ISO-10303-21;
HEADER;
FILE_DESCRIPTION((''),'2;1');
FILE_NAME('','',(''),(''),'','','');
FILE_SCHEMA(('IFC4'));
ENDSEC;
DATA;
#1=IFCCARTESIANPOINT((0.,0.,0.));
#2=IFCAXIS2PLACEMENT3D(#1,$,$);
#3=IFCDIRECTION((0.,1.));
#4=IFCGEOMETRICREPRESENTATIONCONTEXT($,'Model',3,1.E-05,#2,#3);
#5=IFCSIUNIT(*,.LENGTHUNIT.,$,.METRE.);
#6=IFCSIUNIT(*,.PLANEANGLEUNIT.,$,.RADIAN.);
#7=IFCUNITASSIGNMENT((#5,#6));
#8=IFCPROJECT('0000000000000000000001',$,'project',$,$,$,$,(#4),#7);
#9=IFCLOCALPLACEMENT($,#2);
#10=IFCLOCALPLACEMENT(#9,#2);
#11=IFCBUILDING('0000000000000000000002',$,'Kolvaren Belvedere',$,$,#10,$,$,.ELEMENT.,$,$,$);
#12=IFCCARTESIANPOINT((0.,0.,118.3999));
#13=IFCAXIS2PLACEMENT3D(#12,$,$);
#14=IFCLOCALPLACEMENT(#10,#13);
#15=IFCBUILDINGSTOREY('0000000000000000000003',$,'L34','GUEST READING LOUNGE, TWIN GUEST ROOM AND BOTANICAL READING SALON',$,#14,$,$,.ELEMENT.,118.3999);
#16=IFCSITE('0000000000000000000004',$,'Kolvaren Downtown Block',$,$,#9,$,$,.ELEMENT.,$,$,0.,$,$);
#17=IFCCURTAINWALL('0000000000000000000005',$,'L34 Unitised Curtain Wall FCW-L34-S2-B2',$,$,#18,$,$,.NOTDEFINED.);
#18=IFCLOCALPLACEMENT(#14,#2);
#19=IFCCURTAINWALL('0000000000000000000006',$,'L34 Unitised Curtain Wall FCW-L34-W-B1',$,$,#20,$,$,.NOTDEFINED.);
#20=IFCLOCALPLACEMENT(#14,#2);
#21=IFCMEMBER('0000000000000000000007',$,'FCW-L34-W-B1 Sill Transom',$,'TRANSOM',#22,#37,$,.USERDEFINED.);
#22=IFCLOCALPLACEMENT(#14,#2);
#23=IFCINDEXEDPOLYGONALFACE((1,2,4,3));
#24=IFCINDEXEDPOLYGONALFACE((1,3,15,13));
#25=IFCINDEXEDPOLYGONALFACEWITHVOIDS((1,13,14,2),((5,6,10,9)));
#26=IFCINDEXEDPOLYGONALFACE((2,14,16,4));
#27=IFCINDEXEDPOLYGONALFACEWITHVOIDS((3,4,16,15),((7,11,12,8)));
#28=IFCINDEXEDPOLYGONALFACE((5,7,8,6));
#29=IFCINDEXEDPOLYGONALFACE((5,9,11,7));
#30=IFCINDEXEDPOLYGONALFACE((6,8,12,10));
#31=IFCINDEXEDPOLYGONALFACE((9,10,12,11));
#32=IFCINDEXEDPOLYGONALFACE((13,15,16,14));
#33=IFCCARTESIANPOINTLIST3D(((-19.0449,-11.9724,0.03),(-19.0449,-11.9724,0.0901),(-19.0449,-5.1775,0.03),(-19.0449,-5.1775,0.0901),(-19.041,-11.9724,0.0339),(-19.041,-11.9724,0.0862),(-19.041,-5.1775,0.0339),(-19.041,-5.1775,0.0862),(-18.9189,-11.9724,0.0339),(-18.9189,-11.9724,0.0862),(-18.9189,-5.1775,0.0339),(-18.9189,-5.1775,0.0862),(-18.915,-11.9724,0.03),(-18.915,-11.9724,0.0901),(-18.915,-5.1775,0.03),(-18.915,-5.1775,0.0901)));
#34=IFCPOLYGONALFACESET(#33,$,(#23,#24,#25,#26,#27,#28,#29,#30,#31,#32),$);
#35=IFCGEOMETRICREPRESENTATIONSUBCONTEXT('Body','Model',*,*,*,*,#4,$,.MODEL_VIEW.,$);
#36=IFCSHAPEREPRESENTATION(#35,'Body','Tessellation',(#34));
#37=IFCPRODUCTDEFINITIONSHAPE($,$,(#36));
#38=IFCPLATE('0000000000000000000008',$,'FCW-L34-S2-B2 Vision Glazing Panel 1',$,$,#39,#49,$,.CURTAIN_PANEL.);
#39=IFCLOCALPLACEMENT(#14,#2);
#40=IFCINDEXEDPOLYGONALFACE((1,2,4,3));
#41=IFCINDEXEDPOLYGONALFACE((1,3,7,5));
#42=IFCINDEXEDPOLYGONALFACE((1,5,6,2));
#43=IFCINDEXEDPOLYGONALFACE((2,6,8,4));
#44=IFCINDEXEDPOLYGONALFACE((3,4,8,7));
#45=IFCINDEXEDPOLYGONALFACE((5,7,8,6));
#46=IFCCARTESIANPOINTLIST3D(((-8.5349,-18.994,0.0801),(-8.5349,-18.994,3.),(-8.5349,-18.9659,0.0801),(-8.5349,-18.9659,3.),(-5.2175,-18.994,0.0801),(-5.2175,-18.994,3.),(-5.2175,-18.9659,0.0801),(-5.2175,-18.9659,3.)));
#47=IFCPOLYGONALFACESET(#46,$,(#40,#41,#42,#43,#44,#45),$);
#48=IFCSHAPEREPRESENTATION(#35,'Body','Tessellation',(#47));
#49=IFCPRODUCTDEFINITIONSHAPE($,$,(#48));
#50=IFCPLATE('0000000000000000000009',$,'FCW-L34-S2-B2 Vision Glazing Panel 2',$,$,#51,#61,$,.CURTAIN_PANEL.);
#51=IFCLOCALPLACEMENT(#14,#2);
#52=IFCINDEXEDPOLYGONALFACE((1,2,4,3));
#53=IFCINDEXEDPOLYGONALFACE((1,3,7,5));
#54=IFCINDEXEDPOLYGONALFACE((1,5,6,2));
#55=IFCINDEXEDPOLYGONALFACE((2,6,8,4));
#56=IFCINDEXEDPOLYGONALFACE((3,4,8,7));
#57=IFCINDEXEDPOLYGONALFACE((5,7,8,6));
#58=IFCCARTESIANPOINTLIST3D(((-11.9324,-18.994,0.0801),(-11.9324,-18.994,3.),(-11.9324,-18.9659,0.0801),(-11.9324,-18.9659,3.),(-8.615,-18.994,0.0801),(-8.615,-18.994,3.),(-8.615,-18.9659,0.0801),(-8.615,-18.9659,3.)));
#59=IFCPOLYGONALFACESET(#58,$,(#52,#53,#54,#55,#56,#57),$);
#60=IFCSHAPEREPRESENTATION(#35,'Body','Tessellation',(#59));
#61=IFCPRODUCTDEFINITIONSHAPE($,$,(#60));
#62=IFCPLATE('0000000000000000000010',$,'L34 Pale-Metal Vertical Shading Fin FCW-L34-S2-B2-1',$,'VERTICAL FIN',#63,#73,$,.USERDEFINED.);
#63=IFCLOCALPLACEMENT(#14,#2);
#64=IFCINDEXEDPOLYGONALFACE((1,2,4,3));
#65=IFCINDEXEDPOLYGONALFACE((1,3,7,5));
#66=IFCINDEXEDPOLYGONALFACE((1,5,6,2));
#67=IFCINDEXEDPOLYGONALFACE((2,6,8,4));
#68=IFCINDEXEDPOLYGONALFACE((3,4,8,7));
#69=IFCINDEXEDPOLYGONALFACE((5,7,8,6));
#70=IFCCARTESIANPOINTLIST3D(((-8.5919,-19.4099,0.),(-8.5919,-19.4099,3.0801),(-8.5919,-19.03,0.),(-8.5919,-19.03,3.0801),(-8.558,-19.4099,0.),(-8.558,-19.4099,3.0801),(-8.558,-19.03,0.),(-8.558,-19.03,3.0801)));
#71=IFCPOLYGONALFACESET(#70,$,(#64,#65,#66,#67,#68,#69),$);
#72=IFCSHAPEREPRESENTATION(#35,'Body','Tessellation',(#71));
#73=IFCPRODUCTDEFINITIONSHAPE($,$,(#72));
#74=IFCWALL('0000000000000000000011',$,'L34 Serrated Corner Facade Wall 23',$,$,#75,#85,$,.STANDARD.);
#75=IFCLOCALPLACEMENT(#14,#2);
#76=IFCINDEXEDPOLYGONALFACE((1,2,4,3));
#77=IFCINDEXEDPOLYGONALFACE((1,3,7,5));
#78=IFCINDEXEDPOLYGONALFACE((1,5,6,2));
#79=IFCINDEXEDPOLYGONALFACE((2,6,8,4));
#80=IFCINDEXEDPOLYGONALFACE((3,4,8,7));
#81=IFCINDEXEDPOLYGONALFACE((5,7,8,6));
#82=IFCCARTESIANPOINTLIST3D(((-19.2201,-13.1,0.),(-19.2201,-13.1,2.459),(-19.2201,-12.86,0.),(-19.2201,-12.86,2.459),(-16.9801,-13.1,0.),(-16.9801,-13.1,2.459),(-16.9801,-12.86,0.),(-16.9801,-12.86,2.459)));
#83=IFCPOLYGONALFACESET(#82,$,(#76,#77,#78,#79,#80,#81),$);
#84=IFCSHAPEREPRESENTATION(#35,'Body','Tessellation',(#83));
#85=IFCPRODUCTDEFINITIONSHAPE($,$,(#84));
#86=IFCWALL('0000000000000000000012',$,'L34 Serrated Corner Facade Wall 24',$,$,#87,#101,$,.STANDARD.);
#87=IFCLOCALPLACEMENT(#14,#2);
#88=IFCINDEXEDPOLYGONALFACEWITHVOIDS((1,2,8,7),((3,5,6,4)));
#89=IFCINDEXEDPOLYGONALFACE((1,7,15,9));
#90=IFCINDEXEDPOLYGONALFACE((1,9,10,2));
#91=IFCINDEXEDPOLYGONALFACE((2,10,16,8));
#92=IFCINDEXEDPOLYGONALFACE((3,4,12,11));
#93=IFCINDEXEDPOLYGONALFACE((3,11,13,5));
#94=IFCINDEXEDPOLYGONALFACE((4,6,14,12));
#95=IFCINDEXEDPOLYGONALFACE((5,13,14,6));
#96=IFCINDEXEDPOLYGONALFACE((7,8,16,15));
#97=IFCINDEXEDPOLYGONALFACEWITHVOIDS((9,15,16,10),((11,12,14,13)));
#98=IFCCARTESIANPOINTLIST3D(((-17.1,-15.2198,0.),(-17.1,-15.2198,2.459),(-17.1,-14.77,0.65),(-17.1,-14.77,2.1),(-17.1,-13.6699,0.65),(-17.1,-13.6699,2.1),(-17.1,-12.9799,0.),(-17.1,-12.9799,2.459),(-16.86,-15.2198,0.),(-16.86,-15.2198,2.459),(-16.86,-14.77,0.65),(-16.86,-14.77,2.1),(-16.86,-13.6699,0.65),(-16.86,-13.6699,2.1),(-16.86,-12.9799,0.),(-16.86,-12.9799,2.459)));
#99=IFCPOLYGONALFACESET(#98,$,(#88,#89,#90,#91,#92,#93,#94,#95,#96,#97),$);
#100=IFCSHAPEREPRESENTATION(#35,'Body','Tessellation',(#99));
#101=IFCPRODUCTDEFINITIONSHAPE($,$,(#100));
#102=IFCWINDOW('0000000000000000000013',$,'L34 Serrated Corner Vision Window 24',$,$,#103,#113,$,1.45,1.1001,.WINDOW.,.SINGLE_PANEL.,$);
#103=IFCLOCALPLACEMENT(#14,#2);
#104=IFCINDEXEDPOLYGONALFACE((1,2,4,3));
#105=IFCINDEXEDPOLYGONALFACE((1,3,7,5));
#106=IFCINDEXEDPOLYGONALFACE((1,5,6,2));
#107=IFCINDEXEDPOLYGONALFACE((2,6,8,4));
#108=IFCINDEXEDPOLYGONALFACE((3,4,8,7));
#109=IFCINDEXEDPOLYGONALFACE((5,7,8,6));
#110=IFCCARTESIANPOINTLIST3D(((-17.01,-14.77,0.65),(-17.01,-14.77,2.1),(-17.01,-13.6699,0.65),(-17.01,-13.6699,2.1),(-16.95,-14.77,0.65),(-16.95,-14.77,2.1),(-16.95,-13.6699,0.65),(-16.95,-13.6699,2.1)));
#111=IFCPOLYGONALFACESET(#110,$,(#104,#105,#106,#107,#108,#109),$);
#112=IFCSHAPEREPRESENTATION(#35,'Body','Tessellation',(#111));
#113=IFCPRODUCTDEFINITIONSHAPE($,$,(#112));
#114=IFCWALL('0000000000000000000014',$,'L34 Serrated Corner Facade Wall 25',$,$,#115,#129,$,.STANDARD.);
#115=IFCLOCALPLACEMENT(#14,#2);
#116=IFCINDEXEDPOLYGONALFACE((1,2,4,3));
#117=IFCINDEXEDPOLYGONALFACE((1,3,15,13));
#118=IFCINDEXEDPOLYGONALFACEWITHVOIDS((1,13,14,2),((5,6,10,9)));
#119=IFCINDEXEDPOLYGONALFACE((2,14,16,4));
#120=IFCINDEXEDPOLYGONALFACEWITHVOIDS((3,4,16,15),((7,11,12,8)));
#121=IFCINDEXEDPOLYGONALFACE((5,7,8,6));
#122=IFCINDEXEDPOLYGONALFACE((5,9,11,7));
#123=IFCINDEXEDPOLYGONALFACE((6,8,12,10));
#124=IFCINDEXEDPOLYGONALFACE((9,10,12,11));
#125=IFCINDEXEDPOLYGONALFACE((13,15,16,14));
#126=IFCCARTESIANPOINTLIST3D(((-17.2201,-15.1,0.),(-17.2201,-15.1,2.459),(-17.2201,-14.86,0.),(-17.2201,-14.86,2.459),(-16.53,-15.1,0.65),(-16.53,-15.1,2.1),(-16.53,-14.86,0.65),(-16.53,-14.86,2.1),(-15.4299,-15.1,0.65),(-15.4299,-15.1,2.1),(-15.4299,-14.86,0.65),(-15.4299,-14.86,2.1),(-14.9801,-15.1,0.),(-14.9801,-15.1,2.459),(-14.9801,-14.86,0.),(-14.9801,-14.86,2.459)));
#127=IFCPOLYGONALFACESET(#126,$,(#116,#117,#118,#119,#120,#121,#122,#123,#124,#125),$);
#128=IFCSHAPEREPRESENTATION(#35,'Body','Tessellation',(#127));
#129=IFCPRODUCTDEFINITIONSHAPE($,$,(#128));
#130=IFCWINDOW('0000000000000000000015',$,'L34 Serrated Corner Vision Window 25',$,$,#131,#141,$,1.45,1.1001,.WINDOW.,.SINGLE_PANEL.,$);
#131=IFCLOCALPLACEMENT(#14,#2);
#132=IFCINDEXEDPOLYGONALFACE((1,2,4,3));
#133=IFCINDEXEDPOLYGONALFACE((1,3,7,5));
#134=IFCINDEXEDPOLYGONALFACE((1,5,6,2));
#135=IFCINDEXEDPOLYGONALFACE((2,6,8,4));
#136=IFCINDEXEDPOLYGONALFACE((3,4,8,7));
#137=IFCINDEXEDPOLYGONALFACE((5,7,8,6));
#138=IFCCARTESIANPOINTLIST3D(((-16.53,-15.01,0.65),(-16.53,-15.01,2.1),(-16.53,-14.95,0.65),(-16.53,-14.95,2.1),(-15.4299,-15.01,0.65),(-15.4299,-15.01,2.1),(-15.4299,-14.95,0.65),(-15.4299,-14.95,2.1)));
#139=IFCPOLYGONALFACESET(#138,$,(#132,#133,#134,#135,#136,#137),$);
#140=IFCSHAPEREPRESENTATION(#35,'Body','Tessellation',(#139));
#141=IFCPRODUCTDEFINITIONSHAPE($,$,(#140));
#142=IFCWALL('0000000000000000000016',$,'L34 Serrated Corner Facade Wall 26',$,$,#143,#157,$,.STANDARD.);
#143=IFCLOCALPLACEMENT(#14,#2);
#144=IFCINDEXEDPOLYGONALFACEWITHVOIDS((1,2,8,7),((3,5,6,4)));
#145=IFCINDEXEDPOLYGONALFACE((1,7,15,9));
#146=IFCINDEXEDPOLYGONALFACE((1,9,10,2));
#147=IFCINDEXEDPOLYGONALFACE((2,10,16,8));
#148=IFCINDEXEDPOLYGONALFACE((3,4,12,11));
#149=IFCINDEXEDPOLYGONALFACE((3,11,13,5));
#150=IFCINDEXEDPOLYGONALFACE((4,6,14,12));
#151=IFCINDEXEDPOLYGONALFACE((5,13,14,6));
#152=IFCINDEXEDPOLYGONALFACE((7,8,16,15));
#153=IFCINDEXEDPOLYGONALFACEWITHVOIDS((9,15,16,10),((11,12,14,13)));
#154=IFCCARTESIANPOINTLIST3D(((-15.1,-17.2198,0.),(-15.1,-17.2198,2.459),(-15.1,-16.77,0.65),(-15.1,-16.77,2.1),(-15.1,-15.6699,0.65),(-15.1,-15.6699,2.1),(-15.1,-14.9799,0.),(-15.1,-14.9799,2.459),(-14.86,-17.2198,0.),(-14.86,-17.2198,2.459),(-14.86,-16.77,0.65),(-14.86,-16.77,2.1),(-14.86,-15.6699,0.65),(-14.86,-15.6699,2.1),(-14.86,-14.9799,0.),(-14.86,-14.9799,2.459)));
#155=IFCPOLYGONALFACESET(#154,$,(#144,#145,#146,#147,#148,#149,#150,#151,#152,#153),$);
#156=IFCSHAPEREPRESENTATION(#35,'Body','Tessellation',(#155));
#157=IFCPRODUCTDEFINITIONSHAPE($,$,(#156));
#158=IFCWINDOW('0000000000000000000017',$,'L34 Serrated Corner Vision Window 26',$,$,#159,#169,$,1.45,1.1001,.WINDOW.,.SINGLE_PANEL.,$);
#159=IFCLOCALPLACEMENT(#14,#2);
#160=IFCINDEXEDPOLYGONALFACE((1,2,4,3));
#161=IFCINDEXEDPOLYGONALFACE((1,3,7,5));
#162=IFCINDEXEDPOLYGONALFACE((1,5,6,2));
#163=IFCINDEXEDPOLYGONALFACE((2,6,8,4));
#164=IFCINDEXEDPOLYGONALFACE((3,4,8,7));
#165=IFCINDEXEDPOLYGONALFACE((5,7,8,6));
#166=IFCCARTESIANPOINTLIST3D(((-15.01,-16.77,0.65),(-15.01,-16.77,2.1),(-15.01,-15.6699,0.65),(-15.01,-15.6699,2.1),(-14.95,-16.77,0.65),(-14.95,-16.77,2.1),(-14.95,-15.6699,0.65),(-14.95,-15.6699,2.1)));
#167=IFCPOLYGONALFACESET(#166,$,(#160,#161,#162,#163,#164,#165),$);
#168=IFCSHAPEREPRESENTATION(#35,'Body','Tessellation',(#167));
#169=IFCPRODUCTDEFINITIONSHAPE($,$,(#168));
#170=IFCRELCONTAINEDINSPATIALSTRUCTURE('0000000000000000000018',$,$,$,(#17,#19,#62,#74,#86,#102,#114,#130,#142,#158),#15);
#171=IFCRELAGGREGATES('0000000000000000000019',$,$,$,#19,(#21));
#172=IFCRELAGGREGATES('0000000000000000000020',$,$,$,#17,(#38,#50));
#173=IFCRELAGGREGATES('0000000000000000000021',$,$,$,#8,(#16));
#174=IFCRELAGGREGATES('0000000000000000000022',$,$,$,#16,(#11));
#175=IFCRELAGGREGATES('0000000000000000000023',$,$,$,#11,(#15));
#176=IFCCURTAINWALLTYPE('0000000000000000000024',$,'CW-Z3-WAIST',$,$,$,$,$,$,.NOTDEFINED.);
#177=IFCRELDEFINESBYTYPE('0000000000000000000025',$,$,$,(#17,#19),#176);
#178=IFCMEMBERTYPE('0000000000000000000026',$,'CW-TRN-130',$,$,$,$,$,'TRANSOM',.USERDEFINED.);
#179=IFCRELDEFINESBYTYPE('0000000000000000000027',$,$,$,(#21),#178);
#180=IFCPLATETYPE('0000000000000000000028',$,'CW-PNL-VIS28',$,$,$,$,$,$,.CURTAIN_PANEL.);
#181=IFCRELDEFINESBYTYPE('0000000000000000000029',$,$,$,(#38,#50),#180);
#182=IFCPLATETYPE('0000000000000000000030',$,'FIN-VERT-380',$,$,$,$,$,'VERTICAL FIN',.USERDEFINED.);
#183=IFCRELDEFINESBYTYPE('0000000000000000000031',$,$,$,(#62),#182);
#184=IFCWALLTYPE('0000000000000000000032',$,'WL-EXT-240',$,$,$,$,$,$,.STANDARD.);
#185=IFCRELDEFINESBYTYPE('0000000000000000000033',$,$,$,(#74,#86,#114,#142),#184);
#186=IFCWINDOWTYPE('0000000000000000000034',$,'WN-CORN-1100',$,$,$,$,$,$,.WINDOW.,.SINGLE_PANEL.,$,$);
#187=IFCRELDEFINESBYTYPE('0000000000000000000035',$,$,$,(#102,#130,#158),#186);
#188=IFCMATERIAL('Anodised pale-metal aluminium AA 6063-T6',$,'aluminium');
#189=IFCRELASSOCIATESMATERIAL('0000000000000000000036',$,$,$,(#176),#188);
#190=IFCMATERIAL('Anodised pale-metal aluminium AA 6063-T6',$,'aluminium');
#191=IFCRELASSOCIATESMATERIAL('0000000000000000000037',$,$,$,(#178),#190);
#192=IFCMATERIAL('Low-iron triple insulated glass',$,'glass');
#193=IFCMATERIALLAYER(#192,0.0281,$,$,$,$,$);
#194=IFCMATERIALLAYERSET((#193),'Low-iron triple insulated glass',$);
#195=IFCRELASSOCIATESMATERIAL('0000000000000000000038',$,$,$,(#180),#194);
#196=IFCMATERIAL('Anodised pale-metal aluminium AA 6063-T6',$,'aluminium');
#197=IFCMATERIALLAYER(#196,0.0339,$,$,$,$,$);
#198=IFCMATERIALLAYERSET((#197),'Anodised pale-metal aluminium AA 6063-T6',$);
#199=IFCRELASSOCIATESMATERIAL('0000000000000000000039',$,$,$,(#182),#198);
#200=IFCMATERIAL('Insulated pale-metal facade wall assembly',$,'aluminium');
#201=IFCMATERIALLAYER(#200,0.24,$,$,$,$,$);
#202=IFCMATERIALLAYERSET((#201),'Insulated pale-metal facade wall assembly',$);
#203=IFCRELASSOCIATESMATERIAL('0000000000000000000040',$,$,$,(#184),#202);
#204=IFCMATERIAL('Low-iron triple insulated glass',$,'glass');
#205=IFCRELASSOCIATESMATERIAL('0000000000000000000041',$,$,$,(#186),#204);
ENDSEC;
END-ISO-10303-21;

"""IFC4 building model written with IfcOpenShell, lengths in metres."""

from ifc_helpers import new_model, si_unit, direction, frame, frame_2d, origin, origin_2d, place, context, subcontext, project, spatial, rectangle, hollow_rectangle, extrude, material, layer, layer_set, material_profile, profile_set, type_object, element, fill, aggregate, save


model = new_model("IFC4")

# Units and contexts
model_context = context("Model", 3, precision=1e-05, world=origin(), true_north=direction((0.0, 1.0)))
body_context = subcontext(model_context, "Body", "Model", "MODEL_VIEW")
ifc_project = project(units=[si_unit("LENGTHUNIT", "METRE"), si_unit("PLANEANGLEUNIT", "RADIAN")], contexts=[model_context])

# Site, building, storey
site_placement = place(None, origin())
site = spatial("IfcSite", under=ifc_project, at=site_placement, Name="Kolvaren Downtown Block", CompositionType="ELEMENT", RefElevation=0.0)
building_placement = place(site_placement, origin())
building = spatial("IfcBuilding", under=site, at=building_placement, Name="Kolvaren Belvedere", CompositionType="ELEMENT")
storey_placement = place(building_placement, frame((0.0, 0.0, 118.3999)))
storey = spatial("IfcBuildingStorey", under=building, at=storey_placement, Name="L34", Description="GUEST READING LOUNGE, TWIN GUEST ROOM AND BOTANICAL READING SALON", CompositionType="ELEMENT", Elevation=118.3999)

# Curtain walls, member
ifc_material_1 = material(Name="Anodised pale-metal aluminium AA 6063-T6", Category="aluminium")
curtain_wall_type = type_object("IfcCurtainWallType", Name="CW-Z3-WAIST", PredefinedType="NOTDEFINED", material=ifc_material_1)
curtain_wall_1_placement = place(storey_placement, origin())
curtain_wall_1 = element("IfcCurtainWall", 1, at=curtain_wall_1_placement, inside=storey, type_object=curtain_wall_type, Name="L34 Unitised Curtain Wall FCW-L34-S2-B2", PredefinedType="NOTDEFINED")
curtain_wall_2_placement = place(storey_placement, origin())
curtain_wall_2 = element("IfcCurtainWall", 2, at=curtain_wall_2_placement, inside=storey, type_object=curtain_wall_type, Name="L34 Unitised Curtain Wall FCW-L34-W-B1", PredefinedType="NOTDEFINED")
ifc_material_2 = material(Name="Anodised pale-metal aluminium AA 6063-T6", Category="aluminium")
ifc_material_profile_1 = material_profile(ifc_material_2, hollow_rectangle(XDim=0.0601, YDim=0.1299, WallThickness=0.0039, at=origin_2d()), Name="ALU-TRN-130X60")
ifc_profile_set_1 = profile_set([ifc_material_profile_1], Name="Anodised pale-metal aluminium AA 6063-T6")
member_type_1 = type_object("IfcMemberType", Name="CW-TRN-130", ElementType="TRANSOM", PredefinedType="USERDEFINED", material=ifc_profile_set_1)
member_1_placement = place(storey_placement, frame((-18.98, -11.9724, 0.0601), z_axis=(0.0, 1.0, 0.0), x_axis=(0.0, 0.0, 1.0)))
member_1 = element("IfcMember", 3, at=member_1_placement, type_object=member_type_1, Name="FCW-L34-W-B1 Sill Transom", ObjectType="TRANSOM", PredefinedType="USERDEFINED", context=body_context, shape_type="SweptSolid", body=[
    extrude(hollow_rectangle(XDim=0.0601, YDim=0.1299, WallThickness=0.0039, at=origin_2d()), origin(), (0.0, 0.0, 1.0), 6.7949),
])
aggregate(curtain_wall_2, [member_1])

# Plates
ifc_material_3 = material(Name="Low-iron triple insulated glass", Category="glass")
ifc_layer_1 = layer(ifc_material_3, 0.0281)
ifc_layer_set_1 = layer_set([ifc_layer_1], Name="Low-iron triple insulated glass")
plate_type_1 = type_object("IfcPlateType", Name="CW-PNL-VIS28", PredefinedType="CURTAIN_PANEL", material=ifc_layer_set_1)
plate_1_placement = place(storey_placement, frame((-6.8762, -18.98, 0.0801), z_axis=(0.0, 0.0, 1.0), x_axis=(-1.0, 0.0, 0.0)))
plate_1 = element("IfcPlate", 4, at=plate_1_placement, type_object=plate_type_1, Name="FCW-L34-S2-B2 Vision Glazing Panel 1", PredefinedType="CURTAIN_PANEL", context=body_context, shape_type="SweptSolid", body=[
    extrude(rectangle(XDim=3.3174, YDim=0.0281, at=origin_2d()), origin(), (0.0, 0.0, 1.0), 2.9199),
])
plate_2_placement = place(storey_placement, frame((-10.2737, -18.98, 0.0801), z_axis=(0.0, 0.0, 1.0), x_axis=(-1.0, 0.0, 0.0)))
plate_2 = element("IfcPlate", 5, at=plate_2_placement, type_object=plate_type_1, Name="FCW-L34-S2-B2 Vision Glazing Panel 2", PredefinedType="CURTAIN_PANEL", context=body_context, shape_type="SweptSolid", body=[
    extrude(rectangle(XDim=3.3174, YDim=0.0281, at=origin_2d()), origin(), (0.0, 0.0, 1.0), 2.9199),
])
aggregate(curtain_wall_1, [plate_1, plate_2])
ifc_material_4 = material(Name="Anodised pale-metal aluminium AA 6063-T6", Category="aluminium")
ifc_layer_2 = layer(ifc_material_4, 0.0339)
ifc_layer_set_2 = layer_set([ifc_layer_2], Name="Anodised pale-metal aluminium AA 6063-T6")
plate_type_2 = type_object("IfcPlateType", Name="FIN-VERT-380", ElementType="VERTICAL FIN", PredefinedType="USERDEFINED", material=ifc_layer_set_2)
plate_3_placement = place(storey_placement, frame((-8.575, -19.22, 0.0), z_axis=(0.0, 0.0, 1.0), x_axis=(0.0, 1.0, 0.0)))
element("IfcPlate", 6, at=plate_3_placement, inside=storey, type_object=plate_type_2, Name="L34 Pale-Metal Vertical Shading Fin FCW-L34-S2-B2-1", ObjectType="VERTICAL FIN", PredefinedType="USERDEFINED", context=body_context, shape_type="SweptSolid", body=[
    extrude(rectangle(XDim=0.3799, YDim=0.0339, at=origin_2d()), origin(), (0.0, 0.0, 1.0), 3.0801),
])

# Wall
ifc_material_5 = material(Name="Insulated pale-metal facade wall assembly", Category="aluminium")
ifc_layer_3 = layer(ifc_material_5, 0.24)
ifc_layer_set_3 = layer_set([ifc_layer_3], Name="Insulated pale-metal facade wall assembly")
wall_type_1 = type_object("IfcWallType", Name="WL-EXT-240", PredefinedType="STANDARD", material=ifc_layer_set_3)
wall_1_placement = place(storey_placement, frame((-16.98, -12.98, 0.0), z_axis=(0.0, 0.0, 1.0), x_axis=(-1.0, 0.0, 0.0)))
element("IfcWall", 7, at=wall_1_placement, inside=storey, type_object=wall_type_1, Name="L34 Serrated Corner Facade Wall 23", PredefinedType="STANDARD", context=body_context, shape_type="SweptSolid", body=[
    extrude(rectangle(XDim=2.24, YDim=0.24, at=frame_2d((1.1201, 0.0))), origin(), (0.0, 0.0, 1.0), 2.459),
])

# Walls, openings, windows
wall_2_placement = place(storey_placement, frame((-16.98, -15.22, 0.0), z_axis=(0.0, 0.0, 1.0), x_axis=(0.0, 1.0, 0.0)))
wall_2 = element("IfcWall", 8, at=wall_2_placement, inside=storey, type_object=wall_type_1, Name="L34 Serrated Corner Facade Wall 24", PredefinedType="STANDARD", context=body_context, shape_type="SweptSolid", body=[
    extrude(rectangle(XDim=2.24, YDim=0.24, at=frame_2d((1.1201, 0.0))), origin(), (0.0, 0.0, 1.0), 2.459),
])
opening_1_placement = place(wall_2_placement, frame((0.45, 0.0, 0.6499)))
opening_1 = element("IfcOpeningElement", 9, at=opening_1_placement, cuts=wall_2, PredefinedType="OPENING", context=body_context, shape_type="SweptSolid", body=[
    extrude(rectangle(XDim=1.1001, YDim=1.45, at=frame_2d((0.55, 0.7251))), frame((0.0, 0.1299, 0.0), z_axis=(0.0, -1.0, 0.0), x_axis=(1.0, 0.0, 0.0)), (0.0, 0.0, 1.0), 0.26),
])
ifc_material_6 = material(Name="Low-iron triple insulated glass", Category="glass")
window_type = type_object("IfcWindowType", Name="WN-CORN-1100", PartitioningType="SINGLE_PANEL", PredefinedType="WINDOW", material=ifc_material_6)
window_1_placement = place(opening_1_placement, origin())
window_1 = element("IfcWindow", 10, at=window_1_placement, inside=storey, type_object=window_type, Name="L34 Serrated Corner Vision Window 24", OverallHeight=1.45, OverallWidth=1.1001, PartitioningType="SINGLE_PANEL", PredefinedType="WINDOW", context=body_context, shape_type="SweptSolid", body=[
    extrude(rectangle(XDim=1.1001, YDim=1.45, at=frame_2d((0.55, 0.7251))), frame((0.0, 0.03, 0.0), z_axis=(0.0, -1.0, 0.0), x_axis=(1.0, 0.0, 0.0)), (0.0, 0.0, 1.0), 0.0601),
])
fill(opening_1, window_1)
wall_3_placement = place(storey_placement, frame((-14.98, -14.98, 0.0), z_axis=(0.0, 0.0, 1.0), x_axis=(-1.0, 0.0, 0.0)))
wall_3 = element("IfcWall", 11, at=wall_3_placement, inside=storey, type_object=wall_type_1, Name="L34 Serrated Corner Facade Wall 25", PredefinedType="STANDARD", context=body_context, shape_type="SweptSolid", body=[
    extrude(rectangle(XDim=2.24, YDim=0.24, at=frame_2d((1.1201, 0.0))), origin(), (0.0, 0.0, 1.0), 2.459),
])
opening_2_placement = place(wall_3_placement, frame((0.45, 0.0, 0.6499)))
opening_2 = element("IfcOpeningElement", 12, at=opening_2_placement, cuts=wall_3, PredefinedType="OPENING", context=body_context, shape_type="SweptSolid", body=[
    extrude(rectangle(XDim=1.1001, YDim=1.45, at=frame_2d((0.55, 0.7251))), frame((0.0, 0.1299, 0.0), z_axis=(0.0, -1.0, 0.0), x_axis=(1.0, 0.0, 0.0)), (0.0, 0.0, 1.0), 0.26),
])
window_2_placement = place(opening_2_placement, origin())
window_2 = element("IfcWindow", 13, at=window_2_placement, inside=storey, type_object=window_type, Name="L34 Serrated Corner Vision Window 25", OverallHeight=1.45, OverallWidth=1.1001, PartitioningType="SINGLE_PANEL", PredefinedType="WINDOW", context=body_context, shape_type="SweptSolid", body=[
    extrude(rectangle(XDim=1.1001, YDim=1.45, at=frame_2d((0.55, 0.7251))), frame((0.0, 0.03, 0.0), z_axis=(0.0, -1.0, 0.0), x_axis=(1.0, 0.0, 0.0)), (0.0, 0.0, 1.0), 0.0601),
])
fill(opening_2, window_2)
wall_4_placement = place(storey_placement, frame((-14.98, -17.22, 0.0), z_axis=(0.0, 0.0, 1.0), x_axis=(0.0, 1.0, 0.0)))
wall_4 = element("IfcWall", 14, at=wall_4_placement, inside=storey, type_object=wall_type_1, Name="L34 Serrated Corner Facade Wall 26", PredefinedType="STANDARD", context=body_context, shape_type="SweptSolid", body=[
    extrude(rectangle(XDim=2.24, YDim=0.24, at=frame_2d((1.1201, 0.0))), origin(), (0.0, 0.0, 1.0), 2.459),
])
opening_3_placement = place(wall_4_placement, frame((0.45, 0.0, 0.6499)))
opening_3 = element("IfcOpeningElement", 15, at=opening_3_placement, cuts=wall_4, PredefinedType="OPENING", context=body_context, shape_type="SweptSolid", body=[
    extrude(rectangle(XDim=1.1001, YDim=1.45, at=frame_2d((0.55, 0.7251))), frame((0.0, 0.1299, 0.0), z_axis=(0.0, -1.0, 0.0), x_axis=(1.0, 0.0, 0.0)), (0.0, 0.0, 1.0), 0.26),
])
window_3_placement = place(opening_3_placement, origin())
window_3 = element("IfcWindow", 16, at=window_3_placement, inside=storey, type_object=window_type, Name="L34 Serrated Corner Vision Window 26", OverallHeight=1.45, OverallWidth=1.1001, PartitioningType="SINGLE_PANEL", PredefinedType="WINDOW", context=body_context, shape_type="SweptSolid", body=[
    extrude(rectangle(XDim=1.1001, YDim=1.45, at=frame_2d((0.55, 0.7251))), frame((0.0, 0.03, 0.0), z_axis=(0.0, -1.0, 0.0), x_axis=(1.0, 0.0, 0.0)), (0.0, 0.0, 1.0), 0.0601),
])
fill(opening_3, window_3)

save(model, "model.ifc")
